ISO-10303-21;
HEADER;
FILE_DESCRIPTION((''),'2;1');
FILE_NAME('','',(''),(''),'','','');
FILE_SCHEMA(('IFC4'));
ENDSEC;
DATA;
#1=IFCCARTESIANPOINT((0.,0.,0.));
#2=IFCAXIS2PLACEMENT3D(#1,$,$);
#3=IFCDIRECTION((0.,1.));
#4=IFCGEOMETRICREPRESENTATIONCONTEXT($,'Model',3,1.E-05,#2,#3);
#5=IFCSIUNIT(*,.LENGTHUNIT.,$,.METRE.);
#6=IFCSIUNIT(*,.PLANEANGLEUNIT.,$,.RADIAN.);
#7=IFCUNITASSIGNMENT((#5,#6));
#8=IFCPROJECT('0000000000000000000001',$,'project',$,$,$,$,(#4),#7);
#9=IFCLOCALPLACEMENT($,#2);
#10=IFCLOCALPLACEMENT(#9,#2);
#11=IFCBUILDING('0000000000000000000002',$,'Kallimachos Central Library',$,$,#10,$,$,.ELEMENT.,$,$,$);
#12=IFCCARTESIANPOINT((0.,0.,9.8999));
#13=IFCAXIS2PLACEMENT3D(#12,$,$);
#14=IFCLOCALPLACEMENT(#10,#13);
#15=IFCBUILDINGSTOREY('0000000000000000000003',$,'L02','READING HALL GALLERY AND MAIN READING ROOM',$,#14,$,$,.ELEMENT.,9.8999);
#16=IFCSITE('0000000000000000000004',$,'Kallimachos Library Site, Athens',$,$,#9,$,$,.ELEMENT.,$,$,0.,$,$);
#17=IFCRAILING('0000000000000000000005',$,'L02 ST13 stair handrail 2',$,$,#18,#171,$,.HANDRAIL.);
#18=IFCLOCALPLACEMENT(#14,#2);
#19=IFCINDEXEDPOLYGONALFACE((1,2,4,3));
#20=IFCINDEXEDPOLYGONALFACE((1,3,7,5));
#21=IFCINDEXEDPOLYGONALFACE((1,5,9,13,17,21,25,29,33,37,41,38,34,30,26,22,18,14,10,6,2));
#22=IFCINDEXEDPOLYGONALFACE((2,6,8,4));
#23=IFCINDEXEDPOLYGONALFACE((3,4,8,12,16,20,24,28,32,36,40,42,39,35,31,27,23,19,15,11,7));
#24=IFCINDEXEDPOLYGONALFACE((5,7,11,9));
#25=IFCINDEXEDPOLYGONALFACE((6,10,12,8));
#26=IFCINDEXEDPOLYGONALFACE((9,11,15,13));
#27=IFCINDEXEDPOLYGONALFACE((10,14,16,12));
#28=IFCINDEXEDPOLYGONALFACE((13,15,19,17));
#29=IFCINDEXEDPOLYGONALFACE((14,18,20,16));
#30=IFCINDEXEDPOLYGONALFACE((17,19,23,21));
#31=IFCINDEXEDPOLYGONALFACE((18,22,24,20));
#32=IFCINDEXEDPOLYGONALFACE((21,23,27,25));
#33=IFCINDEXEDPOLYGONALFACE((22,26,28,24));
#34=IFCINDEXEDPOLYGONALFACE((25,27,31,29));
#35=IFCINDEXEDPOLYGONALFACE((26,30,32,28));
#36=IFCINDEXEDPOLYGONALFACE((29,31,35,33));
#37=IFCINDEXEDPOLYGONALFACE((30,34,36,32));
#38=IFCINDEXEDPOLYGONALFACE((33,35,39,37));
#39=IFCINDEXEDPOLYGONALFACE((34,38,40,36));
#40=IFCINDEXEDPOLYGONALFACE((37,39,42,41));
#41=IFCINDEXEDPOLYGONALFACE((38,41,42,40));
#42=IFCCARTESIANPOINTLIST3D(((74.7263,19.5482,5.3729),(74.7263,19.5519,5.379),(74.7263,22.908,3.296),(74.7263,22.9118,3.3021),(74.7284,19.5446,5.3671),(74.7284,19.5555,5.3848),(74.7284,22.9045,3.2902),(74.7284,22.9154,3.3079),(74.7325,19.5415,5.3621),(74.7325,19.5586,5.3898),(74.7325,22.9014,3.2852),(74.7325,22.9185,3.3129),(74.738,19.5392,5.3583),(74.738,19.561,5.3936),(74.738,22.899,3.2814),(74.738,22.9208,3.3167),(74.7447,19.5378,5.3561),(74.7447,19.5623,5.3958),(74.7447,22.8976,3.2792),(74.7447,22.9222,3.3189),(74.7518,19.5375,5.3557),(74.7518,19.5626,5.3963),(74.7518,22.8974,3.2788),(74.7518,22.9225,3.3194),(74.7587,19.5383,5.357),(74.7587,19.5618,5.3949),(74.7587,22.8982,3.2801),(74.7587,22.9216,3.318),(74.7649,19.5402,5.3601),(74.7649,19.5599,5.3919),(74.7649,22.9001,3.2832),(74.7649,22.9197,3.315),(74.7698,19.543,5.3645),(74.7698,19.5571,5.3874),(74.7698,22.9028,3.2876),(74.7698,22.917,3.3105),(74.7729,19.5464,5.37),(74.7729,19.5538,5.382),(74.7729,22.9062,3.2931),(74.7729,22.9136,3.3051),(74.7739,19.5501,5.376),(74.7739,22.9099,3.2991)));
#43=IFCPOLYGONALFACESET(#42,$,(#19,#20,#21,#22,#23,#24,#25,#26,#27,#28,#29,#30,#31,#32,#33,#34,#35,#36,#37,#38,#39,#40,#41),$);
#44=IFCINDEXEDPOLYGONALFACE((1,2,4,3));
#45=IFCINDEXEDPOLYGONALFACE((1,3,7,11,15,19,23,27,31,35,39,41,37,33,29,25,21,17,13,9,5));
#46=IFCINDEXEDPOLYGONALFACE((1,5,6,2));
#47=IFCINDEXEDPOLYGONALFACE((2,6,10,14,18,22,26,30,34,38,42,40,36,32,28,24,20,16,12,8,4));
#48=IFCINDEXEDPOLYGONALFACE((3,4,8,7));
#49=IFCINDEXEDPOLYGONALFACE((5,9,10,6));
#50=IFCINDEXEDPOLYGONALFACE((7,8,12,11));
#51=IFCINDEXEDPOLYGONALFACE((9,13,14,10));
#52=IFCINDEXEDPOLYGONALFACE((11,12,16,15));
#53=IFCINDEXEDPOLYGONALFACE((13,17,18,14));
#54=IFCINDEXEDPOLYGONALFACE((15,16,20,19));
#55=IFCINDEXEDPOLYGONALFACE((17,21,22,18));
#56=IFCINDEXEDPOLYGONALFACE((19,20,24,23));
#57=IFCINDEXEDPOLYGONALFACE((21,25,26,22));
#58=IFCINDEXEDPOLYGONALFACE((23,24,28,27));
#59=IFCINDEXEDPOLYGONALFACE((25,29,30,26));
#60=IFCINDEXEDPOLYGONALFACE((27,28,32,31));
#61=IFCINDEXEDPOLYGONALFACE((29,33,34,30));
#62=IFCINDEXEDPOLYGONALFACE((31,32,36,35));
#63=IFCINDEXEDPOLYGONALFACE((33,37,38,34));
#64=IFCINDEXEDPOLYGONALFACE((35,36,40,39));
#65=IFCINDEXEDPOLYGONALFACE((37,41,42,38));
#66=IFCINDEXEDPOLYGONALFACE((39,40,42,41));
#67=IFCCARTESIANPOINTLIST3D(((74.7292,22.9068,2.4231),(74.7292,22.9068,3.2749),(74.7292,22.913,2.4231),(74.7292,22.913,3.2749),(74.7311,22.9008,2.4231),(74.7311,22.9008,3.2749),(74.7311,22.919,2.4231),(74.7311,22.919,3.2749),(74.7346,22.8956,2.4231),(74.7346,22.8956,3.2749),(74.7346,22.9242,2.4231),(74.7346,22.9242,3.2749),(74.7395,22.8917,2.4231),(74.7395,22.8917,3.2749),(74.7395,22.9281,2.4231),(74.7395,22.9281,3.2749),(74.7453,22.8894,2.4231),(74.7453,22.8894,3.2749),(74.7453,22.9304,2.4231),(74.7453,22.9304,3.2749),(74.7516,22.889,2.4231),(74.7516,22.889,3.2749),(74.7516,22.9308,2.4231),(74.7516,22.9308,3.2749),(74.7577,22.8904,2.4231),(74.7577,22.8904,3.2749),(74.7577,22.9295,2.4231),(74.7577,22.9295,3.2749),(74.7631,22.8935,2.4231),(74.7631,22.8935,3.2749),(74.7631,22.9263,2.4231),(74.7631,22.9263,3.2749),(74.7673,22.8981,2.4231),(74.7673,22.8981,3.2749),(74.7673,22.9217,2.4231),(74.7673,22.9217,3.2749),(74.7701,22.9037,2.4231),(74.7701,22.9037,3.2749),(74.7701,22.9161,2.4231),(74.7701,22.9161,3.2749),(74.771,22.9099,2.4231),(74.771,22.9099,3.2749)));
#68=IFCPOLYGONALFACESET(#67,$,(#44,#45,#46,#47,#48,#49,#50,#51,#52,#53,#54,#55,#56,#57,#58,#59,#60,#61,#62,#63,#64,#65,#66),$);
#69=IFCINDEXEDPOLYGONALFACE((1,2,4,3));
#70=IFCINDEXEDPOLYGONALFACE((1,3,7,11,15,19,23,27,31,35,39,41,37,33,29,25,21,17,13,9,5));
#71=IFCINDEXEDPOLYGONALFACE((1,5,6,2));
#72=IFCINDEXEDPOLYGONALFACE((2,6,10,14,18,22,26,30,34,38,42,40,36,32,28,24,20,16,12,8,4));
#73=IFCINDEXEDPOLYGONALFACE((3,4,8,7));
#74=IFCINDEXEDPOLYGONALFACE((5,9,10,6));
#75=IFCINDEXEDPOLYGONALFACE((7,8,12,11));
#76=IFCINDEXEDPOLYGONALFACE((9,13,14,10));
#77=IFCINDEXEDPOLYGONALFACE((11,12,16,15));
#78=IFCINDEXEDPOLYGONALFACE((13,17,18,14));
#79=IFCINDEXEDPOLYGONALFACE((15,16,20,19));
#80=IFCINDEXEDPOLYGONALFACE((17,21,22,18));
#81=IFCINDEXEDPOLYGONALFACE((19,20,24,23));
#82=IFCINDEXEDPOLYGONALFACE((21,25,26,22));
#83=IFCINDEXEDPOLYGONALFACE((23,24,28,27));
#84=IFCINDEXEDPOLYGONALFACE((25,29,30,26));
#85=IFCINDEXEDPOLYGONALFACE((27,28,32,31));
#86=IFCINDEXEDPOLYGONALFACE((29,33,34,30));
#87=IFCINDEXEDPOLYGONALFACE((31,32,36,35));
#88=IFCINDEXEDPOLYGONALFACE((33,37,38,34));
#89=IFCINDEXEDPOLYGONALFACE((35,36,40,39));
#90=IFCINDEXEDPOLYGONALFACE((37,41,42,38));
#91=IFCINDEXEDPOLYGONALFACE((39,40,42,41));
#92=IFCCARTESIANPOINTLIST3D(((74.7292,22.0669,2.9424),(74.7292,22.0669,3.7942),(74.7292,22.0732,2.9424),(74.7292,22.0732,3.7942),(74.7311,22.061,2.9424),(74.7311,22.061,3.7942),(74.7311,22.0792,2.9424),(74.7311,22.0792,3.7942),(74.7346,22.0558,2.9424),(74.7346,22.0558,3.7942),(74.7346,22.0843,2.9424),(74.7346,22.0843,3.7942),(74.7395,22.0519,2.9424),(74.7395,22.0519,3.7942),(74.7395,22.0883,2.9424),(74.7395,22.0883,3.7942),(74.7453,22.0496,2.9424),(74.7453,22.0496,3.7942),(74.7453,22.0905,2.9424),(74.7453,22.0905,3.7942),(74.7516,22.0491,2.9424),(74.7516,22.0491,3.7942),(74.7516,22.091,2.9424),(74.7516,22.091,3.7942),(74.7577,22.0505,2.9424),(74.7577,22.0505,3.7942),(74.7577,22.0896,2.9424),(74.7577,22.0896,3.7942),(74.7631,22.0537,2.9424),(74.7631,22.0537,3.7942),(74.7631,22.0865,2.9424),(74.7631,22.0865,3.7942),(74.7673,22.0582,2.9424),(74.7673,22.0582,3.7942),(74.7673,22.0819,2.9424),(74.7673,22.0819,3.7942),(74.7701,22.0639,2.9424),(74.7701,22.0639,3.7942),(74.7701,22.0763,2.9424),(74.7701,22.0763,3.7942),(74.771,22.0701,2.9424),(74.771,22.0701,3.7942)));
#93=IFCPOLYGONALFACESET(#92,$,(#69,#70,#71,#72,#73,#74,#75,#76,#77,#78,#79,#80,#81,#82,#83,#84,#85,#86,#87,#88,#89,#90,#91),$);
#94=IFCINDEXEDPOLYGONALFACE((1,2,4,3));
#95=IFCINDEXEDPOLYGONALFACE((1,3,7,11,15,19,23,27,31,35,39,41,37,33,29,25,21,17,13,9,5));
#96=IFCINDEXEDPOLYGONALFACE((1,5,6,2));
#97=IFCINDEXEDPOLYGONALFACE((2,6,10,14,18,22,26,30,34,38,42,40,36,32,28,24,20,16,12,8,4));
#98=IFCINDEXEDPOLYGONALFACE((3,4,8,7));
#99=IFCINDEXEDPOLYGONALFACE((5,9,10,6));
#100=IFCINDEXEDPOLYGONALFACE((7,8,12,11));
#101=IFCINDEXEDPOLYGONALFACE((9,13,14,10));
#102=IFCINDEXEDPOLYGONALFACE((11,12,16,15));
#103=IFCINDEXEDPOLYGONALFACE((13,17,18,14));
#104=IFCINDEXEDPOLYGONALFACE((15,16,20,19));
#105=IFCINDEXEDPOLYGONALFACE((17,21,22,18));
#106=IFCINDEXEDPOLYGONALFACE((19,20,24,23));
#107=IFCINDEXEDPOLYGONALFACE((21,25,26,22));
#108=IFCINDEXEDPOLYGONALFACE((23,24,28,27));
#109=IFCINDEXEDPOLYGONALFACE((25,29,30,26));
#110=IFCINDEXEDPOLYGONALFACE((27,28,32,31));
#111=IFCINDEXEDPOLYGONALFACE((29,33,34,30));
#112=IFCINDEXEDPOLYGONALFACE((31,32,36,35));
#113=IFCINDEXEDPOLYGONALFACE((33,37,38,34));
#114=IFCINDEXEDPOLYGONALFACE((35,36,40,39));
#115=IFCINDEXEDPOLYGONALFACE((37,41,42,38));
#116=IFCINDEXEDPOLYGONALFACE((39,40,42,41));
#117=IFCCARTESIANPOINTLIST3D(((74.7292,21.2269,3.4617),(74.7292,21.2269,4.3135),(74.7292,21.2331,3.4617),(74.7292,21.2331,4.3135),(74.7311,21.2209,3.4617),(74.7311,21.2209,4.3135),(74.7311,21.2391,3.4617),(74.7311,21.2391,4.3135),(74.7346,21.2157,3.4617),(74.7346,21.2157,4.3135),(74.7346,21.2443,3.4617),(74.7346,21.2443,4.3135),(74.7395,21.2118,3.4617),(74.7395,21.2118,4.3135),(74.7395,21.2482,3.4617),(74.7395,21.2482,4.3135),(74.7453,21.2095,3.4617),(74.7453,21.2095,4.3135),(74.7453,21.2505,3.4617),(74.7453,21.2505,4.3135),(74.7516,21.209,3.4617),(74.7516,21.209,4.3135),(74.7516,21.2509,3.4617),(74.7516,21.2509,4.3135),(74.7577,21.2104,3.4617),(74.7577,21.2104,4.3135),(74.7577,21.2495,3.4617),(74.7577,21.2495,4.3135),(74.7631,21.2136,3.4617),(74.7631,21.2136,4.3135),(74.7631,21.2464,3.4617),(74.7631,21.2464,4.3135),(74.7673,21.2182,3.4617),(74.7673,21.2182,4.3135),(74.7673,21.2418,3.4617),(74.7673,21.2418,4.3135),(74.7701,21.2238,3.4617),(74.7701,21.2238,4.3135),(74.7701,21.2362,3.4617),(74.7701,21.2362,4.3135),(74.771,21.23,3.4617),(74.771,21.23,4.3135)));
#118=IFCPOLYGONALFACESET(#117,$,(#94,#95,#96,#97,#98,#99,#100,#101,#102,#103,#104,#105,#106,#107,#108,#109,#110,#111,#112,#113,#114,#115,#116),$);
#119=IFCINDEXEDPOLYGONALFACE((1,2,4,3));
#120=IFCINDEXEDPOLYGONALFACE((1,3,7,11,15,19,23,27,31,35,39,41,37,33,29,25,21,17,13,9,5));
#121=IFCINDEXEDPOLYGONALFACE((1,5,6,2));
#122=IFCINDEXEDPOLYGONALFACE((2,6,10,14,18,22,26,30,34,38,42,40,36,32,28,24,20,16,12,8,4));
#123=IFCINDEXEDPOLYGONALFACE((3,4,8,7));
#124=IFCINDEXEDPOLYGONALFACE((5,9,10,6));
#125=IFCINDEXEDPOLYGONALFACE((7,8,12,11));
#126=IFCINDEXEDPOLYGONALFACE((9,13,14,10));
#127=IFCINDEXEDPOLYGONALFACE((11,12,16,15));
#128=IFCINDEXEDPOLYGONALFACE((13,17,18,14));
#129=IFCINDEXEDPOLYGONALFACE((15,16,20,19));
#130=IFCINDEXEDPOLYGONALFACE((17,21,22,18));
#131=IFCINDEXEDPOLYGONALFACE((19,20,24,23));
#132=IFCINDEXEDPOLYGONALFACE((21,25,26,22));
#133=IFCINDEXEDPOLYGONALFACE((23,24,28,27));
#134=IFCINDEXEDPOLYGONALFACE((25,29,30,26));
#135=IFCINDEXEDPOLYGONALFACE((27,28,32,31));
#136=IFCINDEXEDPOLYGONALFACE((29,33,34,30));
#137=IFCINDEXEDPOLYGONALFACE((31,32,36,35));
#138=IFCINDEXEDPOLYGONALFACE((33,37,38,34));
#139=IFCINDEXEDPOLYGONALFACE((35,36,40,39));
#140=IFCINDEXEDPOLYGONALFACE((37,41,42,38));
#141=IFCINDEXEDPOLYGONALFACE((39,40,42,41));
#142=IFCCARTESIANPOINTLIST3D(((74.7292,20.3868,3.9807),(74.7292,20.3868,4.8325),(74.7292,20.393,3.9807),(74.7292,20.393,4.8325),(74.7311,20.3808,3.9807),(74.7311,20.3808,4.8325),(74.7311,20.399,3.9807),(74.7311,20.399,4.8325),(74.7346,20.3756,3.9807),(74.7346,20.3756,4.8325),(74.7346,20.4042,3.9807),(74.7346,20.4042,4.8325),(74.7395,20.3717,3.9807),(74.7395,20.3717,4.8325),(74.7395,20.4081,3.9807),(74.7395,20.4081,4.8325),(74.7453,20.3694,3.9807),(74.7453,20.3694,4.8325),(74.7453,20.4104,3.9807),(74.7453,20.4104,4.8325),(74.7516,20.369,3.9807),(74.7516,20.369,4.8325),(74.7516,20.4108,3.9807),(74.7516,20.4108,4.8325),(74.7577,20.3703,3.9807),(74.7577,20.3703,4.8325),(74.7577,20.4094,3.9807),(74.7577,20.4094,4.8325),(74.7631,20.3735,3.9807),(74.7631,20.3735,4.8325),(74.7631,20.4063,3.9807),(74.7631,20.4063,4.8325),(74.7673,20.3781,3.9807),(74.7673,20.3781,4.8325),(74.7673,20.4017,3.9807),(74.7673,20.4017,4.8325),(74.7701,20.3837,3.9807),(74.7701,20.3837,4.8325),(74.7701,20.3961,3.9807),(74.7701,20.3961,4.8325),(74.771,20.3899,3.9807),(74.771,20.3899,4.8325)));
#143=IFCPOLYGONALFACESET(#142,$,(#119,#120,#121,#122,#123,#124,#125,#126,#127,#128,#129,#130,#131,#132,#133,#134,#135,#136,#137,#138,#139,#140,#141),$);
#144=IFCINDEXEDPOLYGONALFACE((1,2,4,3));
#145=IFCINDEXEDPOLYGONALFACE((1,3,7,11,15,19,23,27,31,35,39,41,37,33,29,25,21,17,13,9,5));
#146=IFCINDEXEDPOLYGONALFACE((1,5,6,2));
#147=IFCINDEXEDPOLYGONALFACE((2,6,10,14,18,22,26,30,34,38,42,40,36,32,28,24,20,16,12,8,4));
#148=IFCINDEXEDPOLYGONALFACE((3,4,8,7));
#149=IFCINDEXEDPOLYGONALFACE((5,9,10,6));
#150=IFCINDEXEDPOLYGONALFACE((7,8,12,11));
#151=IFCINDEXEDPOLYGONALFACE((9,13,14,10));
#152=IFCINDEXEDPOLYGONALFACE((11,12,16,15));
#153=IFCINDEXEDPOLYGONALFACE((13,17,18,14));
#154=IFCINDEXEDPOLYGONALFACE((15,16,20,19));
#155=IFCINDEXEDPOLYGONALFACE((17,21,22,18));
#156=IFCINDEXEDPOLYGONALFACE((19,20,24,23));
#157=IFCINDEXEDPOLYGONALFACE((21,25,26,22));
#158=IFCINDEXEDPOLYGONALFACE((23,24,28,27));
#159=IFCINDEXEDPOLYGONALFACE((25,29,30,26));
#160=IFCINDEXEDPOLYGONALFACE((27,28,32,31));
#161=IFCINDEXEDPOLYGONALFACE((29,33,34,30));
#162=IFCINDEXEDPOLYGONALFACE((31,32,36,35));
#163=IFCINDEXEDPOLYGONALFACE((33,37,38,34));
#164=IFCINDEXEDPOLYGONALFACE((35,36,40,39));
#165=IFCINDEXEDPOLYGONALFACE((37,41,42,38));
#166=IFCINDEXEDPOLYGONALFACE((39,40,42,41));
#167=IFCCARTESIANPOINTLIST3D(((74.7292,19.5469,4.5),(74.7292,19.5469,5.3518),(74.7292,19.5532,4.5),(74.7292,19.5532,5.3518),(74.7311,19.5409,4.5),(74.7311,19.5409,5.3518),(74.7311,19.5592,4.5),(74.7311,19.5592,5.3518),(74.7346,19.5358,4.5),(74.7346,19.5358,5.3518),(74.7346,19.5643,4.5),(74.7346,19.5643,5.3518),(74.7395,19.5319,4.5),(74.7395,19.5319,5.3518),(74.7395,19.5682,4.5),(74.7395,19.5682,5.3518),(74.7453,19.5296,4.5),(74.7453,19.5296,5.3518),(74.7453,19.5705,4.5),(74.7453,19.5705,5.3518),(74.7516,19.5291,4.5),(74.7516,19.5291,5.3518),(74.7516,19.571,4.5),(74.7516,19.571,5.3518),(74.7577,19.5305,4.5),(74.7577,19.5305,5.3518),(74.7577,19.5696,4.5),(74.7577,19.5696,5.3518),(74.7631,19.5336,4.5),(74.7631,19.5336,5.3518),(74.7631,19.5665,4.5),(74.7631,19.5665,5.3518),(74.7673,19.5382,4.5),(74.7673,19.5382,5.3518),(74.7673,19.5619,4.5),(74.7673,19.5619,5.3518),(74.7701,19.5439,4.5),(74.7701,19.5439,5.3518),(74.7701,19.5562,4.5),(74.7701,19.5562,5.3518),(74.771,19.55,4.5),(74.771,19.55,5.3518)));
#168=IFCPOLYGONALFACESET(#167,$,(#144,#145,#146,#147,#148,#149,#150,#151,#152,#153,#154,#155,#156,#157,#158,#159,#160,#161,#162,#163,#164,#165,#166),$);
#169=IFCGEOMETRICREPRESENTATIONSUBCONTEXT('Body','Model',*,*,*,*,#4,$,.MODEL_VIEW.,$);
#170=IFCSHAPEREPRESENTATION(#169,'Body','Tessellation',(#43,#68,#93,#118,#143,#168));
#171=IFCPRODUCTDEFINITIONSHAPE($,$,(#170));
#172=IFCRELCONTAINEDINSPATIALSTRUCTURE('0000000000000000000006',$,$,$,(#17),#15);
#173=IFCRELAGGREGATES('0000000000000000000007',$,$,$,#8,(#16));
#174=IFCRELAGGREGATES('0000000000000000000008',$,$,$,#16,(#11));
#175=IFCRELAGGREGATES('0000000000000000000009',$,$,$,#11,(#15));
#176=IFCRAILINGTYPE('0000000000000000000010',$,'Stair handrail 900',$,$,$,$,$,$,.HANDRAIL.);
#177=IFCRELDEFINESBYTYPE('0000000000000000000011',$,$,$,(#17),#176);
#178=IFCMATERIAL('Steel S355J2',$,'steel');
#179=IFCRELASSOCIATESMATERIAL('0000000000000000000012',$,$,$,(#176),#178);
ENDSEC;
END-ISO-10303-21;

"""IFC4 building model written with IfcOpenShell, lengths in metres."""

from ifc_helpers import new_model, si_unit, direction, frame, origin, origin_2d, place, context, subcontext, project, spatial, circle, extrude, material, type_object, element, save


model = new_model("IFC4")

# Units and contexts
model_context = context("Model", 3, precision=1e-05, world=origin(), true_north=direction((0.0, 1.0)))
body_context = subcontext(model_context, "Body", "Model", "MODEL_VIEW")
ifc_project = project(units=[si_unit("LENGTHUNIT", "METRE"), si_unit("PLANEANGLEUNIT", "RADIAN")], contexts=[model_context])

# Site, building, storey
site_placement = place(None, origin())
site = spatial("IfcSite", under=ifc_project, at=site_placement, Name="Kallimachos Library Site, Athens", CompositionType="ELEMENT", RefElevation=0.0)
building_placement = place(site_placement, origin())
building = spatial("IfcBuilding", under=site, at=building_placement, Name="Kallimachos Central Library", CompositionType="ELEMENT")
storey_placement = place(building_placement, frame((0.0, 0.0, 9.8999)))
storey = spatial("IfcBuildingStorey", under=building, at=storey_placement, Name="L02", Description="READING HALL GALLERY AND MAIN READING ROOM", CompositionType="ELEMENT", Elevation=9.8999)

# Railing
ifc_material_1 = material(Name="Steel S355J2", Category="steel")
railing_type_1 = type_object("IfcRailingType", Name="Stair handrail 900", PredefinedType="HANDRAIL", material=ifc_material_1)
railing_1_placement = place(storey_placement, frame((74.75, 22.9099, 2.4231)))
element("IfcRailing", 1, at=railing_1_placement, inside=storey, type_object=railing_type_1, Name="L02 ST13 stair handrail 2", PredefinedType="HANDRAIL", context=body_context, shape_type="SweptSolid", body=[
    extrude(circle(Radius=0.0239, at=origin_2d()), frame((0.0, 0.0, 0.876), z_axis=(0.0, -0.850606, 0.525803), x_axis=(1.0, 0.0, 0.0)), (0.0, 0.0, 1.0), 3.95),
    extrude(circle(Radius=0.021, at=origin_2d()), origin(), (0.0, 0.0, 1.0), 0.8518),
    extrude(circle(Radius=0.021, at=origin_2d()), frame((0.0, -0.8398, 0.5193)), (0.0, 0.0, 1.0), 0.8518),
    extrude(circle(Radius=0.021, at=origin_2d()), frame((0.0, -1.6799, 1.0386)), (0.0, 0.0, 1.0), 0.8518),
    extrude(circle(Radius=0.021, at=origin_2d()), frame((0.0, -2.52, 1.5576)), (0.0, 0.0, 1.0), 0.8518),
    extrude(circle(Radius=0.021, at=origin_2d()), frame((0.0, -3.3599, 2.0769)), (0.0, 0.0, 1.0), 0.8518),
])

save(model, "model.ifc")
